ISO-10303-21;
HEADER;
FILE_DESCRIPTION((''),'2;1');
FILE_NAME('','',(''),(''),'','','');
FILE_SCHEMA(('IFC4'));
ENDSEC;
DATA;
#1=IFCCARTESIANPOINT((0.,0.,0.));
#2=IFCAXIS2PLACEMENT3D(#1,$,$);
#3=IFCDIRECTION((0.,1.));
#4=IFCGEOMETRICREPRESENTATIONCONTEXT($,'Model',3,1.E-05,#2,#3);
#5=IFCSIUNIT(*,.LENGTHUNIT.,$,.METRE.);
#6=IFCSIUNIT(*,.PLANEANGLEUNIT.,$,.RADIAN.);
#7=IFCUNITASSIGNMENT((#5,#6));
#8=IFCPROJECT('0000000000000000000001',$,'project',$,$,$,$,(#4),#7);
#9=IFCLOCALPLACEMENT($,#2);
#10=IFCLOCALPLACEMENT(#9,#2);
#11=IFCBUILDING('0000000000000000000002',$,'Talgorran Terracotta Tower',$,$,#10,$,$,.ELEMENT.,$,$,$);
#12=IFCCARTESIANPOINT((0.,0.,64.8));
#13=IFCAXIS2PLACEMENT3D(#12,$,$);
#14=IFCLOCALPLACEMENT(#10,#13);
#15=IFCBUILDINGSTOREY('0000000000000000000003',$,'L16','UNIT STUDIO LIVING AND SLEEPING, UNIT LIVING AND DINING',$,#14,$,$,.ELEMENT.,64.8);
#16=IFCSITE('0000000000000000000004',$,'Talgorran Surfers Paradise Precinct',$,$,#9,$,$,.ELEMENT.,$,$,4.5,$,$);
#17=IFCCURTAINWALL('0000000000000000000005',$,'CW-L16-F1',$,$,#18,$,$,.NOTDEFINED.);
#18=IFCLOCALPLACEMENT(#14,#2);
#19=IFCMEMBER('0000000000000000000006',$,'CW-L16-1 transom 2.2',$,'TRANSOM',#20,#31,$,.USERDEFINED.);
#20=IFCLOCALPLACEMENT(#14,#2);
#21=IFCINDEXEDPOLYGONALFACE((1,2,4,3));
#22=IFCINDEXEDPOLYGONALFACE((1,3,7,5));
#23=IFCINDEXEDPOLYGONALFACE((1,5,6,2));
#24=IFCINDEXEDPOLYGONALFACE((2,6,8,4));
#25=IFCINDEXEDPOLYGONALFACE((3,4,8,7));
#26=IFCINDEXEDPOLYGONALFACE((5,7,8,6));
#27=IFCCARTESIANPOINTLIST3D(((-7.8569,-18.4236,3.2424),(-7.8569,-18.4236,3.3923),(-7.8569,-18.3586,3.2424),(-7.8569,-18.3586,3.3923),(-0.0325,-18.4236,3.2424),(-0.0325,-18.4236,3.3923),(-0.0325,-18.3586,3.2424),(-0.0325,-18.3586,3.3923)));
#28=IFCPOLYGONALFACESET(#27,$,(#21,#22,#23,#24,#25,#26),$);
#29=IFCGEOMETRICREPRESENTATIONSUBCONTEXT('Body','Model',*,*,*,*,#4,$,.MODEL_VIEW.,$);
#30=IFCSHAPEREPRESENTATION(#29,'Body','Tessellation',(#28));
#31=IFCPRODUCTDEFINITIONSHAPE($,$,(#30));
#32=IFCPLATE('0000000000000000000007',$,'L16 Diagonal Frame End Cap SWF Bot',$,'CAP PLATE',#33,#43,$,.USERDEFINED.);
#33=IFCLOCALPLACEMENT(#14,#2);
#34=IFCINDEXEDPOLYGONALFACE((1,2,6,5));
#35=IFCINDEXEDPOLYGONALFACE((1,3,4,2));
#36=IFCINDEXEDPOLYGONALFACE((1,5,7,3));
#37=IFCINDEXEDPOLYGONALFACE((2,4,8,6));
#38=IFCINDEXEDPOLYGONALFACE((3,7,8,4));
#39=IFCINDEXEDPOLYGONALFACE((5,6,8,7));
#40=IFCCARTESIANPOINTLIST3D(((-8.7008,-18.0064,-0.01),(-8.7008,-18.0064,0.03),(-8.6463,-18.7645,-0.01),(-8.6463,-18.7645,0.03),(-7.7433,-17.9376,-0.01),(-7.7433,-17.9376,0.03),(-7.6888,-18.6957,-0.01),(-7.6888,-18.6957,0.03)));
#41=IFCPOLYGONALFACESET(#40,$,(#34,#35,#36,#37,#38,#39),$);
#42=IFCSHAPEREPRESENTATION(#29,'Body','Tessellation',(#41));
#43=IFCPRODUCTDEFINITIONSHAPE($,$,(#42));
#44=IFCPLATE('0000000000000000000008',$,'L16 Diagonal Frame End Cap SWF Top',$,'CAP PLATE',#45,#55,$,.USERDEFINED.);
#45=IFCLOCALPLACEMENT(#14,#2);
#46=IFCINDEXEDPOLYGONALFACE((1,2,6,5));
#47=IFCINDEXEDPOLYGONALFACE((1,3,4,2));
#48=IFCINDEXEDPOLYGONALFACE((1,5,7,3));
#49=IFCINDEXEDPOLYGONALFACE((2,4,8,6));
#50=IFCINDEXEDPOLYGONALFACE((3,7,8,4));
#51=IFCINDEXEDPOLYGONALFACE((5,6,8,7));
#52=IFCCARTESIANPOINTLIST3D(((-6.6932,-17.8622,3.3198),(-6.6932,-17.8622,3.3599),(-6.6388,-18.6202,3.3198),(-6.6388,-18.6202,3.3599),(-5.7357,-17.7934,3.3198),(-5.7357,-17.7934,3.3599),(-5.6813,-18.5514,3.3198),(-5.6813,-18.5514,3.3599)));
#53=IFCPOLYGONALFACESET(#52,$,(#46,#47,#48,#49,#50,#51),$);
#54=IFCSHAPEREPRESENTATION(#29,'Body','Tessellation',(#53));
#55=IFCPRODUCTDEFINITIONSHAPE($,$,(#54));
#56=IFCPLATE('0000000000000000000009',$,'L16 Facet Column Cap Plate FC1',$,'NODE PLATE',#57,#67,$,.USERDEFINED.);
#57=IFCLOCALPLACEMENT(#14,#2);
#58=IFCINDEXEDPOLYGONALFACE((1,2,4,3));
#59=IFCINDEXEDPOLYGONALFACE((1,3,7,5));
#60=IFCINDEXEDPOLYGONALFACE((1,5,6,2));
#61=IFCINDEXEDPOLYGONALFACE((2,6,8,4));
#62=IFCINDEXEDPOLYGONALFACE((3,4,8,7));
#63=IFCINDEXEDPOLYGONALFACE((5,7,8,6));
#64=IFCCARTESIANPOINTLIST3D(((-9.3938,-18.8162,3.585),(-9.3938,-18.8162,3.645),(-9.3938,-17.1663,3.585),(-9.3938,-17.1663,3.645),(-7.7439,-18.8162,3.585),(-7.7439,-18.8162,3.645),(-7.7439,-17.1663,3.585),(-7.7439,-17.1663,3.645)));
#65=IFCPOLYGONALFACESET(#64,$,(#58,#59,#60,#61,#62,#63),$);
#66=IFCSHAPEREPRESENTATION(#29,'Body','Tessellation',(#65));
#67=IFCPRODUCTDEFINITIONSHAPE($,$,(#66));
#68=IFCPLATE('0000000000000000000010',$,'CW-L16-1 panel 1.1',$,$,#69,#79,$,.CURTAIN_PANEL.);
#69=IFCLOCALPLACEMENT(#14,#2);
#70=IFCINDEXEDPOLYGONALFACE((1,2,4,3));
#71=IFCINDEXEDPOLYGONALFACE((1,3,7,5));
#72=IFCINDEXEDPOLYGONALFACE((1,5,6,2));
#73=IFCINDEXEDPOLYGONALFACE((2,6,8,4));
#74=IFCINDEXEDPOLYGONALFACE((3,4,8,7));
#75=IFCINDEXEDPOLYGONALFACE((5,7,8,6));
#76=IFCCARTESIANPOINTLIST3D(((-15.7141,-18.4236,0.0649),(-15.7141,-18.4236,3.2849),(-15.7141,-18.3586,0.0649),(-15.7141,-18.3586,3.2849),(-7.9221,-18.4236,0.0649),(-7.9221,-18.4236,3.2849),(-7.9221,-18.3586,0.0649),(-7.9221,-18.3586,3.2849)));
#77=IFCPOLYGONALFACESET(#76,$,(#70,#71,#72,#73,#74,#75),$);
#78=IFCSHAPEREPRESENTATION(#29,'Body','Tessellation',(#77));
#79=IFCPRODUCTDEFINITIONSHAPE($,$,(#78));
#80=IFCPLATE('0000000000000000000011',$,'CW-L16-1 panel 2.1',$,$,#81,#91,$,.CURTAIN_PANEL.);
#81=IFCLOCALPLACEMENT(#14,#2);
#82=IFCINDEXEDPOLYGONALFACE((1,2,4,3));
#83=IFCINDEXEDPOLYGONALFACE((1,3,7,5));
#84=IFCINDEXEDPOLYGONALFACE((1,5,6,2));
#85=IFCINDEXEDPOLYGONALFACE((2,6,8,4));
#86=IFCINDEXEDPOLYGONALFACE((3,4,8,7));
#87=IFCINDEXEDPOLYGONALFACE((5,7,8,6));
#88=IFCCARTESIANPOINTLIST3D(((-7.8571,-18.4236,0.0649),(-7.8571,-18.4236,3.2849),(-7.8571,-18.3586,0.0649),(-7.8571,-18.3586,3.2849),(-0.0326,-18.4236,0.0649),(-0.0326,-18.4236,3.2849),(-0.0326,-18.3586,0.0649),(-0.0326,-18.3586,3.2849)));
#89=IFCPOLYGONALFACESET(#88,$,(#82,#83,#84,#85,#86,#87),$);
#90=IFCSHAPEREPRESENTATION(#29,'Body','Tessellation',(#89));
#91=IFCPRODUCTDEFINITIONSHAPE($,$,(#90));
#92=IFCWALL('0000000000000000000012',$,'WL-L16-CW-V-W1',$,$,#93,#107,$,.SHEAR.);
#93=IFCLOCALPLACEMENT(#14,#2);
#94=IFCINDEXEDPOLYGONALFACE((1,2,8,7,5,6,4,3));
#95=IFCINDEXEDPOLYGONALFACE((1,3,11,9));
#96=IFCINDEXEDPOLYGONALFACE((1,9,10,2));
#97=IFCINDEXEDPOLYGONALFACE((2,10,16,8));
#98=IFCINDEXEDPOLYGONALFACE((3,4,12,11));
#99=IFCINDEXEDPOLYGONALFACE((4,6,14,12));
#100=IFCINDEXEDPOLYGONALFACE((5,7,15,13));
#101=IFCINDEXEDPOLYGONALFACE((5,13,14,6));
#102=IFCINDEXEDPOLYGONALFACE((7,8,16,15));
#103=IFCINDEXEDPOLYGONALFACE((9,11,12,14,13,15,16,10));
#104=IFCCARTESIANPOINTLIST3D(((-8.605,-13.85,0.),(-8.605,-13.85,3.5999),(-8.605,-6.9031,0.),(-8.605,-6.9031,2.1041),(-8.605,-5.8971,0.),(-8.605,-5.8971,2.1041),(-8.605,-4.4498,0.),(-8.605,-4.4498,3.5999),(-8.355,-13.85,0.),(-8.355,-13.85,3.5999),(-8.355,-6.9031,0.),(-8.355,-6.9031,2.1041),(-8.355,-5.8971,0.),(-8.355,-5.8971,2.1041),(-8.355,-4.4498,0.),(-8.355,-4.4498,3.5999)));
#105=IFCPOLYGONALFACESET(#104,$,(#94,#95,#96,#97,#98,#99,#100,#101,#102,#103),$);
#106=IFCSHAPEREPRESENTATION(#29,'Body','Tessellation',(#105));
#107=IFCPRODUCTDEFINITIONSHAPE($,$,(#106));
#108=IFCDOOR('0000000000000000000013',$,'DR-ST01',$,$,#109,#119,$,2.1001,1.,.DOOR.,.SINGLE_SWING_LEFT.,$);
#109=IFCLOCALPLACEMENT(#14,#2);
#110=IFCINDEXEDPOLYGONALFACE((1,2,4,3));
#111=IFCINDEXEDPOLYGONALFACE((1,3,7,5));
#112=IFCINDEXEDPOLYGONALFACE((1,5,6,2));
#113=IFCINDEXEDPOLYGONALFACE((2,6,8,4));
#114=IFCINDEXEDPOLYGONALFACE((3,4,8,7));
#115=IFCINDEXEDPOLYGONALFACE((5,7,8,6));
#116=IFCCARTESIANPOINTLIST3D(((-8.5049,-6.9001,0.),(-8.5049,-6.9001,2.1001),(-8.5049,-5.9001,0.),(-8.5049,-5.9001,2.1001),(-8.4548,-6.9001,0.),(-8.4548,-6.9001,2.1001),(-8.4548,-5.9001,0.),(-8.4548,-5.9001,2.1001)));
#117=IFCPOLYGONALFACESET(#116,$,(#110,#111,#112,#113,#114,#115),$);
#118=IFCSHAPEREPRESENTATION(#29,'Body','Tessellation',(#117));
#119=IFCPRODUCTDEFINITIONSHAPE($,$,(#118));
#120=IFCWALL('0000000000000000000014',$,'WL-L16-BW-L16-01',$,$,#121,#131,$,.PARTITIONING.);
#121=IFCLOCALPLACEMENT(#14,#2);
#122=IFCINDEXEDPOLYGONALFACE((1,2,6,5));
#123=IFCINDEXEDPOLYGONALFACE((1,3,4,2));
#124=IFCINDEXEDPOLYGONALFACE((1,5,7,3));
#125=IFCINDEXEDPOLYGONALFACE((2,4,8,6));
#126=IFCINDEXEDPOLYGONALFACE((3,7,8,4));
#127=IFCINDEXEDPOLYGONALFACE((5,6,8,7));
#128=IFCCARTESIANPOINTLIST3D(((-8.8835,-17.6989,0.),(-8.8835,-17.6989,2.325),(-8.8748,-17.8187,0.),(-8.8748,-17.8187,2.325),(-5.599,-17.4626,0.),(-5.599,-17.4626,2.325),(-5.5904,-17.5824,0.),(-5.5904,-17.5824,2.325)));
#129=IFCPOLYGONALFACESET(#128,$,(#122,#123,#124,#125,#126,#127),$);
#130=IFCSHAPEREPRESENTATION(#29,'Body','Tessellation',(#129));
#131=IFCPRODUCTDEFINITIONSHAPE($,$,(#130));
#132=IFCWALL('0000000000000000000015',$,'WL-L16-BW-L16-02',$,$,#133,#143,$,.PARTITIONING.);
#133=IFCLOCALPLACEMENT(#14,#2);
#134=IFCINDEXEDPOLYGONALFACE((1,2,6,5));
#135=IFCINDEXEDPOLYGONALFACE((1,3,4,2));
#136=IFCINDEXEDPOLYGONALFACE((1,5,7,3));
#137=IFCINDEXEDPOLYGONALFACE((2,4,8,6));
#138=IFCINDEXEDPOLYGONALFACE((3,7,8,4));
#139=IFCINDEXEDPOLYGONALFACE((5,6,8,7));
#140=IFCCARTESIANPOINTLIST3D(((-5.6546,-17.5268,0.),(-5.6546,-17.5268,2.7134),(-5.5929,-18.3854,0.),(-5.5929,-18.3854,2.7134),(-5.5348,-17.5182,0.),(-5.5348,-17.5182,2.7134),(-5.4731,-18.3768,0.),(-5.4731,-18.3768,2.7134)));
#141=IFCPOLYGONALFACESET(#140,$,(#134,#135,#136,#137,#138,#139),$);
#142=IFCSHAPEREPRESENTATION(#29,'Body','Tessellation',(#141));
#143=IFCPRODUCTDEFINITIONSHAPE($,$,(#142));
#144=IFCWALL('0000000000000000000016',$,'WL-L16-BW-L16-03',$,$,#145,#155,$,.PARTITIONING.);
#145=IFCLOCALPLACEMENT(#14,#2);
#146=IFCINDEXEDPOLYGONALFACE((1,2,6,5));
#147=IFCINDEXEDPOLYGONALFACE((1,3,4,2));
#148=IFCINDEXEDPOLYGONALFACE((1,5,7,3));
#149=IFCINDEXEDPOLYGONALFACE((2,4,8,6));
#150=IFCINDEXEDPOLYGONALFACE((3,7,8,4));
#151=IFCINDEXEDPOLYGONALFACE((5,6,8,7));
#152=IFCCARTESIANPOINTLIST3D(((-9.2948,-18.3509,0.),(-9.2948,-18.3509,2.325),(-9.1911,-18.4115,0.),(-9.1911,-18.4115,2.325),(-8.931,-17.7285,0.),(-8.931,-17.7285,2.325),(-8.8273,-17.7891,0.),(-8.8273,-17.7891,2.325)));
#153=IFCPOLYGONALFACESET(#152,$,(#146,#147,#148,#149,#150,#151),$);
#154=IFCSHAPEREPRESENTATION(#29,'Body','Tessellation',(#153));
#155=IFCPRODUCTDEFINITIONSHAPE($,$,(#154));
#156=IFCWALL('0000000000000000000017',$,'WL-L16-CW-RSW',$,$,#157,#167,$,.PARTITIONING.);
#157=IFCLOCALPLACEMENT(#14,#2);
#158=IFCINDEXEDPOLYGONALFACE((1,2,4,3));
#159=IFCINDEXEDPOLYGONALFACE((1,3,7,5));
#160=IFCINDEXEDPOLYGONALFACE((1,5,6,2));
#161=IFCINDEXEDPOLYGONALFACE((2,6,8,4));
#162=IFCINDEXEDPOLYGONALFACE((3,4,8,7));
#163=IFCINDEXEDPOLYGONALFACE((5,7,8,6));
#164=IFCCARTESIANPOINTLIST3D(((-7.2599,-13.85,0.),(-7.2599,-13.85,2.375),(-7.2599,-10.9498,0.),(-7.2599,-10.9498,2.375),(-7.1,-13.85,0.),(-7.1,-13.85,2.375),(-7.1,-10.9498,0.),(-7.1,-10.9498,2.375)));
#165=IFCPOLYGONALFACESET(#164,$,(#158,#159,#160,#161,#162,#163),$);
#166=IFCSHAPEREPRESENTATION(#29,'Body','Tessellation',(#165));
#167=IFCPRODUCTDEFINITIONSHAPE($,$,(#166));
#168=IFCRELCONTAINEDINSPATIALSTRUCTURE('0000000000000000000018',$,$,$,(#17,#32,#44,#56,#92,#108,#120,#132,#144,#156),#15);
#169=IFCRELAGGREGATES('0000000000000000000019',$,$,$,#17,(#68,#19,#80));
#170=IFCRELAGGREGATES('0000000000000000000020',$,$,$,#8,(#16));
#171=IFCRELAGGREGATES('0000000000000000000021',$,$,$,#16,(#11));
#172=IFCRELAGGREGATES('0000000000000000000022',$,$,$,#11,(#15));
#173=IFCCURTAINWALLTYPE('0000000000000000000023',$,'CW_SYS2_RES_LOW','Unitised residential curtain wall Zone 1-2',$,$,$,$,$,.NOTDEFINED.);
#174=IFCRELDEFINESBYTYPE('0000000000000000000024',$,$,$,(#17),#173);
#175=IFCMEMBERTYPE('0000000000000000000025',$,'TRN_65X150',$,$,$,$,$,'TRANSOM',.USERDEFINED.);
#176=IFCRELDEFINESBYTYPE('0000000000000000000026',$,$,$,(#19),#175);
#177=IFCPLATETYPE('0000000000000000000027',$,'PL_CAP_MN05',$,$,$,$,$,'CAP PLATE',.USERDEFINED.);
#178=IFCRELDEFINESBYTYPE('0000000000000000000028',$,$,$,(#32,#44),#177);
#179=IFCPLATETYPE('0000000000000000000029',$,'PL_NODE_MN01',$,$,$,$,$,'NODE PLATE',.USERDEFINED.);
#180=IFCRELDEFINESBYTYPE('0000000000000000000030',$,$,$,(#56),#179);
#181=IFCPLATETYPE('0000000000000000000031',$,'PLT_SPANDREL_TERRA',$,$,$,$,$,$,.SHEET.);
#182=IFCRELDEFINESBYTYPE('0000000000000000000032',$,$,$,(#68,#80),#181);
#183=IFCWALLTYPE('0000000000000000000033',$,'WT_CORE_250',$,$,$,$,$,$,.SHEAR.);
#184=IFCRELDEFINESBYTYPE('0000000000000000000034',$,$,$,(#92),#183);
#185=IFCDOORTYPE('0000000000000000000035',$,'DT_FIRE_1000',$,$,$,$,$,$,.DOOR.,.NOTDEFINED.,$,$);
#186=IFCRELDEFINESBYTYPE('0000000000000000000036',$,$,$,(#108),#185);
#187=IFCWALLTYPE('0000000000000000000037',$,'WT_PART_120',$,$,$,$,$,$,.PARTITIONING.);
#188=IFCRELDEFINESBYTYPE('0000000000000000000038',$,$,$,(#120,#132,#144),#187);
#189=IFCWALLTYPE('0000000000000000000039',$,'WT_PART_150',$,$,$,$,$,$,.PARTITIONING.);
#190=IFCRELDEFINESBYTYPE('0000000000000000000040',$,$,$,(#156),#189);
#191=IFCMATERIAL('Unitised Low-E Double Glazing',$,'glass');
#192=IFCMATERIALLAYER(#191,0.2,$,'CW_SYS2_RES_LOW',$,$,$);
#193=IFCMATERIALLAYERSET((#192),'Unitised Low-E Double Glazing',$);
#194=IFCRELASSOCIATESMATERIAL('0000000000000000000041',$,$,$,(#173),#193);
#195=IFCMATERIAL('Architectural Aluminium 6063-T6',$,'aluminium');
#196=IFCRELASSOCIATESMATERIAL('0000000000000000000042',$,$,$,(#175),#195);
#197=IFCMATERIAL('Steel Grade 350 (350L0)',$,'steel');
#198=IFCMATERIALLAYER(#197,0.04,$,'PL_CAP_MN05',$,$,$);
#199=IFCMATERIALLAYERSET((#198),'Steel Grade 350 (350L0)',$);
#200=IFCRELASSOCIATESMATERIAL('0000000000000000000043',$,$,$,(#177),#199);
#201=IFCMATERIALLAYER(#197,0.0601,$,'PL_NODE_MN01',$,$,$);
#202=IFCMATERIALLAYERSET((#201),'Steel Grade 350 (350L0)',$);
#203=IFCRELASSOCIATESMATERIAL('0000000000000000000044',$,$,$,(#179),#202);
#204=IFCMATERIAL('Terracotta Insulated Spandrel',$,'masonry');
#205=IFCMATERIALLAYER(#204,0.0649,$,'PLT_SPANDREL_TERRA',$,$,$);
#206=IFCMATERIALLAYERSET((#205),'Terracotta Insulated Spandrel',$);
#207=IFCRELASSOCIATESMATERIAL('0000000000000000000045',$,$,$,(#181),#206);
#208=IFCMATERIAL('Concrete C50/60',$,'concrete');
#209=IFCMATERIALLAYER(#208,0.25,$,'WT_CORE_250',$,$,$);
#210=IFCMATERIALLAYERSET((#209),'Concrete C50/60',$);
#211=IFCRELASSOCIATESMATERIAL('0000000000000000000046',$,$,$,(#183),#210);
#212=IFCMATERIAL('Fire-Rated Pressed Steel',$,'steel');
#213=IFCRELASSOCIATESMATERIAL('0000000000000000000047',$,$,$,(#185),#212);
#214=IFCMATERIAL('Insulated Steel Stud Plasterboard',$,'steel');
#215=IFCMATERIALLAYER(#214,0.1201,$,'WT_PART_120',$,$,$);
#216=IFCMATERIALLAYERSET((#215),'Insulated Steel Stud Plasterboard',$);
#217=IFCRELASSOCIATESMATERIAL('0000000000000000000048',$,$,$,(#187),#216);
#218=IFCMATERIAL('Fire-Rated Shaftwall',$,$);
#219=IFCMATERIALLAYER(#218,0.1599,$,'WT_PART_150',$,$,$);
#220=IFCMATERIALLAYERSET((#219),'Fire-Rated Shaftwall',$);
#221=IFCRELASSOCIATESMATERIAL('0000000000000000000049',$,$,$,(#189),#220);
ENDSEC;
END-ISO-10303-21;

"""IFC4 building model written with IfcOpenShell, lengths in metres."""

from ifc_helpers import new_model, si_unit, direction, frame, frame_2d, origin, origin_2d, place, context, subcontext, project, spatial, rectangle, extrude, source, transform, mapped, material, layer, layer_set, material_profile, profile_set, type_object, type_shapes, element, fill, aggregate, save


model = new_model("IFC4")

# Units and contexts
model_context = context("Model", 3, precision=1e-05, world=origin(), true_north=direction((0.0, 1.0)))
body_context = subcontext(model_context, "Body", "Model", "MODEL_VIEW")
ifc_project = project(units=[si_unit("LENGTHUNIT", "METRE"), si_unit("PLANEANGLEUNIT", "RADIAN")], contexts=[model_context])

# Site, building, storey
site_placement = place(None, origin())
site = spatial("IfcSite", under=ifc_project, at=site_placement, Name="Talgorran Surfers Paradise Precinct", CompositionType="ELEMENT", RefElevation=4.5)
building_placement = place(site_placement, origin())
building = spatial("IfcBuilding", under=site, at=building_placement, Name="Talgorran Terracotta Tower", CompositionType="ELEMENT")
storey_placement = place(building_placement, frame((0.0, 0.0, 64.8)))
storey = spatial("IfcBuildingStorey", under=building, at=storey_placement, Name="L16", Description="UNIT STUDIO LIVING AND SLEEPING, UNIT LIVING AND DINING", CompositionType="ELEMENT", Elevation=64.8)

# Shared definitions
ifc_material_1 = material(Name="Steel Grade 350 (350L0)", Category="steel")

# Curtain wall, member
ifc_material_2 = material(Name="Unitised Low-E Double Glazing", Category="glass")
ifc_layer_1 = layer(ifc_material_2, 0.2, Name="CW_SYS2_RES_LOW")
ifc_layer_set_1 = layer_set([ifc_layer_1], Name="Unitised Low-E Double Glazing")
curtain_wall_type = type_object("IfcCurtainWallType", Name="CW_SYS2_RES_LOW", Description="Unitised residential curtain wall Zone 1-2", PredefinedType="NOTDEFINED", material=ifc_layer_set_1)
curtain_wall_placement = place(storey_placement, origin())
curtain_wall = element("IfcCurtainWall", 1, at=curtain_wall_placement, inside=storey, type_object=curtain_wall_type, Name="CW-L16-F1", PredefinedType="NOTDEFINED")
ifc_material_3 = material(Name="Architectural Aluminium 6063-T6", Category="aluminium")
ifc_material_profile_1 = material_profile(ifc_material_3, rectangle(XDim=0.0649, YDim=0.1499, at=origin_2d()), Name="CWT65X150")
ifc_profile_set_1 = profile_set([ifc_material_profile_1], Name="Architectural Aluminium 6063-T6")
member_type_1 = type_object("IfcMemberType", Name="TRN_65X150", ElementType="TRANSOM", PredefinedType="USERDEFINED", material=ifc_profile_set_1)
member_1_placement = place(storey_placement, frame((-7.8569, -18.3911, 3.3174), z_axis=(1.0, 0.0, 0.0), x_axis=(0.0, 1.0, 0.0)))
member_1 = element("IfcMember", 2, at=member_1_placement, type_object=member_type_1, Name="CW-L16-1 transom 2.2", ObjectType="TRANSOM", PredefinedType="USERDEFINED", context=body_context, shape_type="SweptSolid", body=[
    extrude(rectangle(XDim=0.0649, YDim=0.1499, at=origin_2d()), origin(), (0.0, 0.0, 1.0), 7.8245),
])

# Plates
ifc_layer_2 = layer(ifc_material_1, 0.04, Name="PL_CAP_MN05")
ifc_layer_set_2 = layer_set([ifc_layer_2], Name="Steel Grade 350 (350L0)")
plate_type_1 = type_object("IfcPlateType", Name="PL_CAP_MN05", ElementType="CAP PLATE", PredefinedType="USERDEFINED", material=ifc_layer_set_2)
for number, where, z_axis, x_axis, name in (
    (3, (-8.1948, -18.3511, -0.01), (0.0, 0.0, 1.0), (0.997428, 0.071672, 0.0), "L16 Diagonal Frame End Cap SWF Bot"),
    (4, (-6.1873, -18.2068, 3.3198), (0.0, 0.0, 1.0), (0.997428, 0.071672, 0.0), "L16 Diagonal Frame End Cap SWF Top"),
):
    element("IfcPlate", number, at=place(storey_placement, frame(where, z_axis=z_axis, x_axis=x_axis)), inside=storey, type_object=plate_type_1, Name=name, ObjectType="CAP PLATE", PredefinedType="USERDEFINED", context=body_context, shape_type="SweptSolid", body=[
        extrude(rectangle(XDim=0.96, YDim=0.76, at=origin_2d()), origin(), (0.0, 0.0, 1.0), 0.04),
    ])
ifc_layer_3 = layer(ifc_material_1, 0.0601, Name="PL_NODE_MN01")
ifc_layer_set_3 = layer_set([ifc_layer_3], Name="Steel Grade 350 (350L0)")
plate_type_2 = type_object("IfcPlateType", Name="PL_NODE_MN01", ElementType="NODE PLATE", PredefinedType="USERDEFINED", material=ifc_layer_set_3)
plate_1_placement = place(storey_placement, frame((-8.5688, -17.9912, 3.585), z_axis=(0.0, 0.0, 1.0), x_axis=(1.0, 0.0, 0.0)))
element("IfcPlate", 5, at=plate_1_placement, inside=storey, type_object=plate_type_2, Name="L16 Facet Column Cap Plate FC1", ObjectType="NODE PLATE", PredefinedType="USERDEFINED", context=body_context, shape_type="SweptSolid", body=[
    extrude(rectangle(XDim=1.6499, YDim=1.6499, at=origin_2d()), origin(), (0.0, 0.0, 1.0), 0.0601),
])

# Plates
ifc_material_4 = material(Name="Terracotta Insulated Spandrel", Category="masonry")
ifc_layer_4 = layer(ifc_material_4, 0.0649, Name="PLT_SPANDREL_TERRA")
ifc_layer_set_4 = layer_set([ifc_layer_4], Name="Terracotta Insulated Spandrel")
plate_type_3 = type_object("IfcPlateType", Name="PLT_SPANDREL_TERRA", PredefinedType="SHEET", material=ifc_layer_set_4)
shared_shape_1 = source(origin(), body_context, "Body", "SweptSolid", [
    extrude(rectangle(XDim=7.792, YDim=0.0649, at=origin_2d()), origin(), (0.0, 0.0, 1.0), 3.22),
])
plate_2_placement = place(storey_placement, frame((-11.8181, -18.3911, 0.0649), z_axis=(0.0, 0.0, 1.0), x_axis=(1.0, 0.0, 0.0)))
plate_2 = element("IfcPlate", 6, at=plate_2_placement, type_object=plate_type_3, Name="CW-L16-1 panel 1.1", PredefinedType="CURTAIN_PANEL", context=body_context, shape_type="MappedRepresentation", body=[
    mapped(shared_shape_1, transform((0.0, 0.0, 0.0), scale=1.0)),
])
shared_shape_2 = source(origin(), body_context, "Body", "SweptSolid", [
    extrude(rectangle(XDim=7.8245, YDim=0.0649, at=origin_2d()), origin(), (0.0, 0.0, 1.0), 3.22),
])
type_shapes(plate_type_3, [shared_shape_1, shared_shape_2])
plate_3_placement = place(storey_placement, frame((-3.9448, -18.3911, 0.0649), z_axis=(0.0, 0.0, 1.0), x_axis=(1.0, 0.0, 0.0)))
plate_3 = element("IfcPlate", 7, at=plate_3_placement, type_object=plate_type_3, Name="CW-L16-1 panel 2.1", PredefinedType="CURTAIN_PANEL", context=body_context, shape_type="MappedRepresentation", body=[
    mapped(shared_shape_2, transform((0.0, 0.0, 0.0), scale=1.0)),
])
aggregate(curtain_wall, [plate_2, member_1, plate_3])

# Wall, opening, door
ifc_material_5 = material(Name="Concrete C50/60", Category="concrete")
ifc_layer_5 = layer(ifc_material_5, 0.25, Name="WT_CORE_250")
ifc_layer_set_5 = layer_set([ifc_layer_5], Name="Concrete C50/60")
wall_type_1 = type_object("IfcWallType", Name="WT_CORE_250", PredefinedType="SHEAR", material=ifc_layer_set_5)
wall_1_placement = place(storey_placement, frame((-8.48, -13.8501, 0.0), z_axis=(0.0, 0.0, 1.0), x_axis=(0.0, 1.0, 0.0)))
wall_1 = element("IfcWall", 8, at=wall_1_placement, inside=storey, type_object=wall_type_1, Name="WL-L16-CW-V-W1", PredefinedType="SHEAR", context=body_context, shape_type="SweptSolid", body=[
    extrude(rectangle(XDim=9.4001, YDim=0.25, at=frame_2d((4.7002, 0.0))), origin(), (0.0, 0.0, 1.0), 3.5999),
])
opening_placement = place(wall_1_placement, frame((6.95, 0.0, 0.0)))
opening = element("IfcOpeningElement", 9, at=opening_placement, cuts=wall_1, PredefinedType="OPENING", context=body_context, shape_type="SweptSolid", body=[
    extrude(rectangle(XDim=1.006, YDim=2.1041, at=frame_2d((0.5, 1.052))), frame((0.0, 0.135, 0.0), z_axis=(0.0, -1.0, 0.0), x_axis=(1.0, 0.0, 0.0)), (0.0, 0.0, 1.0), 0.27),
])
ifc_material_6 = material(Name="Fire-Rated Pressed Steel", Category="steel")
door_type = type_object("IfcDoorType", Name="DT_FIRE_1000", OperationType="NOTDEFINED", PredefinedType="DOOR", material=ifc_material_6)
door_placement = place(opening_placement, origin())
door = element("IfcDoor", 10, at=door_placement, inside=storey, type_object=door_type, Name="DR-ST01", OperationType="SINGLE_SWING_LEFT", OverallHeight=2.1001, OverallWidth=1.0, PredefinedType="DOOR", context=body_context, shape_type="SweptSolid", body=[
    extrude(rectangle(XDim=1.0, YDim=2.1001, at=frame_2d((0.5, 1.05))), frame((0.0, 0.0249, 0.0), z_axis=(0.0, -1.0, 0.0), x_axis=(1.0, 0.0, 0.0)), (0.0, 0.0, 1.0), 0.05),
])
fill(opening, door)

# Walls
ifc_material_7 = material(Name="Insulated Steel Stud Plasterboard", Category="steel")
ifc_layer_6 = layer(ifc_material_7, 0.1201, Name="WT_PART_120")
ifc_layer_set_6 = layer_set([ifc_layer_6], Name="Insulated Steel Stud Plasterboard")
wall_type_2 = type_object("IfcWallType", Name="WT_PART_120", PredefinedType="PARTITIONING", material=ifc_layer_set_6)
wall_2_placement = place(storey_placement, frame((-8.8792, -17.7588, 0.0), z_axis=(0.0, 0.0, 1.0), x_axis=(0.997421, 0.071769, 0.0)))
element("IfcWall", 11, at=wall_2_placement, inside=storey, type_object=wall_type_2, Name="WL-L16-BW-L16-01", PredefinedType="PARTITIONING", context=body_context, shape_type="SweptSolid", body=[
    extrude(rectangle(XDim=3.293, YDim=0.1201, at=frame_2d((1.6465, 0.0))), origin(), (0.0, 0.0, 1.0), 2.325),
])
wall_3_placement = place(storey_placement, frame((-5.5947, -17.5225, 0.0), z_axis=(0.0, 0.0, 1.0), x_axis=(0.071751, -0.997423, 0.0)))
element("IfcWall", 12, at=wall_3_placement, inside=storey, type_object=wall_type_2, Name="WL-L16-BW-L16-02", PredefinedType="PARTITIONING", context=body_context, shape_type="SweptSolid", body=[
    extrude(rectangle(XDim=0.8608, YDim=0.1201, at=frame_2d((0.4304, 0.0))), origin(), (0.0, 0.0, 1.0), 2.7134),
])
wall_4_placement = place(storey_placement, frame((-9.2429, -18.3811, 0.0), z_axis=(0.0, 0.0, 1.0), x_axis=(0.50465, 0.863324, 0.0)))
element("IfcWall", 13, at=wall_4_placement, inside=storey, type_object=wall_type_2, Name="WL-L16-BW-L16-03", PredefinedType="PARTITIONING", context=body_context, shape_type="SweptSolid", body=[
    extrude(rectangle(XDim=0.7209, YDim=0.1201, at=frame_2d((0.3604, 0.0))), origin(), (0.0, 0.0, 1.0), 2.325),
])
ifc_material_8 = material(Name="Fire-Rated Shaftwall")
ifc_layer_7 = layer(ifc_material_8, 0.1599, Name="WT_PART_150")
ifc_layer_set_7 = layer_set([ifc_layer_7], Name="Fire-Rated Shaftwall")
wall_type_3 = type_object("IfcWallType", Name="WT_PART_150", PredefinedType="PARTITIONING", material=ifc_layer_set_7)
wall_5_placement = place(storey_placement, frame((-7.1799, -13.8501, 0.0), z_axis=(0.0, 0.0, 1.0), x_axis=(0.0, 1.0, 0.0)))
element("IfcWall", 14, at=wall_5_placement, inside=storey, type_object=wall_type_3, Name="WL-L16-CW-RSW", PredefinedType="PARTITIONING", context=body_context, shape_type="SweptSolid", body=[
    extrude(rectangle(XDim=2.9001, YDim=0.1599, at=frame_2d((1.4502, 0.0))), origin(), (0.0, 0.0, 1.0), 2.375),
])

save(model, "model.ifc")
